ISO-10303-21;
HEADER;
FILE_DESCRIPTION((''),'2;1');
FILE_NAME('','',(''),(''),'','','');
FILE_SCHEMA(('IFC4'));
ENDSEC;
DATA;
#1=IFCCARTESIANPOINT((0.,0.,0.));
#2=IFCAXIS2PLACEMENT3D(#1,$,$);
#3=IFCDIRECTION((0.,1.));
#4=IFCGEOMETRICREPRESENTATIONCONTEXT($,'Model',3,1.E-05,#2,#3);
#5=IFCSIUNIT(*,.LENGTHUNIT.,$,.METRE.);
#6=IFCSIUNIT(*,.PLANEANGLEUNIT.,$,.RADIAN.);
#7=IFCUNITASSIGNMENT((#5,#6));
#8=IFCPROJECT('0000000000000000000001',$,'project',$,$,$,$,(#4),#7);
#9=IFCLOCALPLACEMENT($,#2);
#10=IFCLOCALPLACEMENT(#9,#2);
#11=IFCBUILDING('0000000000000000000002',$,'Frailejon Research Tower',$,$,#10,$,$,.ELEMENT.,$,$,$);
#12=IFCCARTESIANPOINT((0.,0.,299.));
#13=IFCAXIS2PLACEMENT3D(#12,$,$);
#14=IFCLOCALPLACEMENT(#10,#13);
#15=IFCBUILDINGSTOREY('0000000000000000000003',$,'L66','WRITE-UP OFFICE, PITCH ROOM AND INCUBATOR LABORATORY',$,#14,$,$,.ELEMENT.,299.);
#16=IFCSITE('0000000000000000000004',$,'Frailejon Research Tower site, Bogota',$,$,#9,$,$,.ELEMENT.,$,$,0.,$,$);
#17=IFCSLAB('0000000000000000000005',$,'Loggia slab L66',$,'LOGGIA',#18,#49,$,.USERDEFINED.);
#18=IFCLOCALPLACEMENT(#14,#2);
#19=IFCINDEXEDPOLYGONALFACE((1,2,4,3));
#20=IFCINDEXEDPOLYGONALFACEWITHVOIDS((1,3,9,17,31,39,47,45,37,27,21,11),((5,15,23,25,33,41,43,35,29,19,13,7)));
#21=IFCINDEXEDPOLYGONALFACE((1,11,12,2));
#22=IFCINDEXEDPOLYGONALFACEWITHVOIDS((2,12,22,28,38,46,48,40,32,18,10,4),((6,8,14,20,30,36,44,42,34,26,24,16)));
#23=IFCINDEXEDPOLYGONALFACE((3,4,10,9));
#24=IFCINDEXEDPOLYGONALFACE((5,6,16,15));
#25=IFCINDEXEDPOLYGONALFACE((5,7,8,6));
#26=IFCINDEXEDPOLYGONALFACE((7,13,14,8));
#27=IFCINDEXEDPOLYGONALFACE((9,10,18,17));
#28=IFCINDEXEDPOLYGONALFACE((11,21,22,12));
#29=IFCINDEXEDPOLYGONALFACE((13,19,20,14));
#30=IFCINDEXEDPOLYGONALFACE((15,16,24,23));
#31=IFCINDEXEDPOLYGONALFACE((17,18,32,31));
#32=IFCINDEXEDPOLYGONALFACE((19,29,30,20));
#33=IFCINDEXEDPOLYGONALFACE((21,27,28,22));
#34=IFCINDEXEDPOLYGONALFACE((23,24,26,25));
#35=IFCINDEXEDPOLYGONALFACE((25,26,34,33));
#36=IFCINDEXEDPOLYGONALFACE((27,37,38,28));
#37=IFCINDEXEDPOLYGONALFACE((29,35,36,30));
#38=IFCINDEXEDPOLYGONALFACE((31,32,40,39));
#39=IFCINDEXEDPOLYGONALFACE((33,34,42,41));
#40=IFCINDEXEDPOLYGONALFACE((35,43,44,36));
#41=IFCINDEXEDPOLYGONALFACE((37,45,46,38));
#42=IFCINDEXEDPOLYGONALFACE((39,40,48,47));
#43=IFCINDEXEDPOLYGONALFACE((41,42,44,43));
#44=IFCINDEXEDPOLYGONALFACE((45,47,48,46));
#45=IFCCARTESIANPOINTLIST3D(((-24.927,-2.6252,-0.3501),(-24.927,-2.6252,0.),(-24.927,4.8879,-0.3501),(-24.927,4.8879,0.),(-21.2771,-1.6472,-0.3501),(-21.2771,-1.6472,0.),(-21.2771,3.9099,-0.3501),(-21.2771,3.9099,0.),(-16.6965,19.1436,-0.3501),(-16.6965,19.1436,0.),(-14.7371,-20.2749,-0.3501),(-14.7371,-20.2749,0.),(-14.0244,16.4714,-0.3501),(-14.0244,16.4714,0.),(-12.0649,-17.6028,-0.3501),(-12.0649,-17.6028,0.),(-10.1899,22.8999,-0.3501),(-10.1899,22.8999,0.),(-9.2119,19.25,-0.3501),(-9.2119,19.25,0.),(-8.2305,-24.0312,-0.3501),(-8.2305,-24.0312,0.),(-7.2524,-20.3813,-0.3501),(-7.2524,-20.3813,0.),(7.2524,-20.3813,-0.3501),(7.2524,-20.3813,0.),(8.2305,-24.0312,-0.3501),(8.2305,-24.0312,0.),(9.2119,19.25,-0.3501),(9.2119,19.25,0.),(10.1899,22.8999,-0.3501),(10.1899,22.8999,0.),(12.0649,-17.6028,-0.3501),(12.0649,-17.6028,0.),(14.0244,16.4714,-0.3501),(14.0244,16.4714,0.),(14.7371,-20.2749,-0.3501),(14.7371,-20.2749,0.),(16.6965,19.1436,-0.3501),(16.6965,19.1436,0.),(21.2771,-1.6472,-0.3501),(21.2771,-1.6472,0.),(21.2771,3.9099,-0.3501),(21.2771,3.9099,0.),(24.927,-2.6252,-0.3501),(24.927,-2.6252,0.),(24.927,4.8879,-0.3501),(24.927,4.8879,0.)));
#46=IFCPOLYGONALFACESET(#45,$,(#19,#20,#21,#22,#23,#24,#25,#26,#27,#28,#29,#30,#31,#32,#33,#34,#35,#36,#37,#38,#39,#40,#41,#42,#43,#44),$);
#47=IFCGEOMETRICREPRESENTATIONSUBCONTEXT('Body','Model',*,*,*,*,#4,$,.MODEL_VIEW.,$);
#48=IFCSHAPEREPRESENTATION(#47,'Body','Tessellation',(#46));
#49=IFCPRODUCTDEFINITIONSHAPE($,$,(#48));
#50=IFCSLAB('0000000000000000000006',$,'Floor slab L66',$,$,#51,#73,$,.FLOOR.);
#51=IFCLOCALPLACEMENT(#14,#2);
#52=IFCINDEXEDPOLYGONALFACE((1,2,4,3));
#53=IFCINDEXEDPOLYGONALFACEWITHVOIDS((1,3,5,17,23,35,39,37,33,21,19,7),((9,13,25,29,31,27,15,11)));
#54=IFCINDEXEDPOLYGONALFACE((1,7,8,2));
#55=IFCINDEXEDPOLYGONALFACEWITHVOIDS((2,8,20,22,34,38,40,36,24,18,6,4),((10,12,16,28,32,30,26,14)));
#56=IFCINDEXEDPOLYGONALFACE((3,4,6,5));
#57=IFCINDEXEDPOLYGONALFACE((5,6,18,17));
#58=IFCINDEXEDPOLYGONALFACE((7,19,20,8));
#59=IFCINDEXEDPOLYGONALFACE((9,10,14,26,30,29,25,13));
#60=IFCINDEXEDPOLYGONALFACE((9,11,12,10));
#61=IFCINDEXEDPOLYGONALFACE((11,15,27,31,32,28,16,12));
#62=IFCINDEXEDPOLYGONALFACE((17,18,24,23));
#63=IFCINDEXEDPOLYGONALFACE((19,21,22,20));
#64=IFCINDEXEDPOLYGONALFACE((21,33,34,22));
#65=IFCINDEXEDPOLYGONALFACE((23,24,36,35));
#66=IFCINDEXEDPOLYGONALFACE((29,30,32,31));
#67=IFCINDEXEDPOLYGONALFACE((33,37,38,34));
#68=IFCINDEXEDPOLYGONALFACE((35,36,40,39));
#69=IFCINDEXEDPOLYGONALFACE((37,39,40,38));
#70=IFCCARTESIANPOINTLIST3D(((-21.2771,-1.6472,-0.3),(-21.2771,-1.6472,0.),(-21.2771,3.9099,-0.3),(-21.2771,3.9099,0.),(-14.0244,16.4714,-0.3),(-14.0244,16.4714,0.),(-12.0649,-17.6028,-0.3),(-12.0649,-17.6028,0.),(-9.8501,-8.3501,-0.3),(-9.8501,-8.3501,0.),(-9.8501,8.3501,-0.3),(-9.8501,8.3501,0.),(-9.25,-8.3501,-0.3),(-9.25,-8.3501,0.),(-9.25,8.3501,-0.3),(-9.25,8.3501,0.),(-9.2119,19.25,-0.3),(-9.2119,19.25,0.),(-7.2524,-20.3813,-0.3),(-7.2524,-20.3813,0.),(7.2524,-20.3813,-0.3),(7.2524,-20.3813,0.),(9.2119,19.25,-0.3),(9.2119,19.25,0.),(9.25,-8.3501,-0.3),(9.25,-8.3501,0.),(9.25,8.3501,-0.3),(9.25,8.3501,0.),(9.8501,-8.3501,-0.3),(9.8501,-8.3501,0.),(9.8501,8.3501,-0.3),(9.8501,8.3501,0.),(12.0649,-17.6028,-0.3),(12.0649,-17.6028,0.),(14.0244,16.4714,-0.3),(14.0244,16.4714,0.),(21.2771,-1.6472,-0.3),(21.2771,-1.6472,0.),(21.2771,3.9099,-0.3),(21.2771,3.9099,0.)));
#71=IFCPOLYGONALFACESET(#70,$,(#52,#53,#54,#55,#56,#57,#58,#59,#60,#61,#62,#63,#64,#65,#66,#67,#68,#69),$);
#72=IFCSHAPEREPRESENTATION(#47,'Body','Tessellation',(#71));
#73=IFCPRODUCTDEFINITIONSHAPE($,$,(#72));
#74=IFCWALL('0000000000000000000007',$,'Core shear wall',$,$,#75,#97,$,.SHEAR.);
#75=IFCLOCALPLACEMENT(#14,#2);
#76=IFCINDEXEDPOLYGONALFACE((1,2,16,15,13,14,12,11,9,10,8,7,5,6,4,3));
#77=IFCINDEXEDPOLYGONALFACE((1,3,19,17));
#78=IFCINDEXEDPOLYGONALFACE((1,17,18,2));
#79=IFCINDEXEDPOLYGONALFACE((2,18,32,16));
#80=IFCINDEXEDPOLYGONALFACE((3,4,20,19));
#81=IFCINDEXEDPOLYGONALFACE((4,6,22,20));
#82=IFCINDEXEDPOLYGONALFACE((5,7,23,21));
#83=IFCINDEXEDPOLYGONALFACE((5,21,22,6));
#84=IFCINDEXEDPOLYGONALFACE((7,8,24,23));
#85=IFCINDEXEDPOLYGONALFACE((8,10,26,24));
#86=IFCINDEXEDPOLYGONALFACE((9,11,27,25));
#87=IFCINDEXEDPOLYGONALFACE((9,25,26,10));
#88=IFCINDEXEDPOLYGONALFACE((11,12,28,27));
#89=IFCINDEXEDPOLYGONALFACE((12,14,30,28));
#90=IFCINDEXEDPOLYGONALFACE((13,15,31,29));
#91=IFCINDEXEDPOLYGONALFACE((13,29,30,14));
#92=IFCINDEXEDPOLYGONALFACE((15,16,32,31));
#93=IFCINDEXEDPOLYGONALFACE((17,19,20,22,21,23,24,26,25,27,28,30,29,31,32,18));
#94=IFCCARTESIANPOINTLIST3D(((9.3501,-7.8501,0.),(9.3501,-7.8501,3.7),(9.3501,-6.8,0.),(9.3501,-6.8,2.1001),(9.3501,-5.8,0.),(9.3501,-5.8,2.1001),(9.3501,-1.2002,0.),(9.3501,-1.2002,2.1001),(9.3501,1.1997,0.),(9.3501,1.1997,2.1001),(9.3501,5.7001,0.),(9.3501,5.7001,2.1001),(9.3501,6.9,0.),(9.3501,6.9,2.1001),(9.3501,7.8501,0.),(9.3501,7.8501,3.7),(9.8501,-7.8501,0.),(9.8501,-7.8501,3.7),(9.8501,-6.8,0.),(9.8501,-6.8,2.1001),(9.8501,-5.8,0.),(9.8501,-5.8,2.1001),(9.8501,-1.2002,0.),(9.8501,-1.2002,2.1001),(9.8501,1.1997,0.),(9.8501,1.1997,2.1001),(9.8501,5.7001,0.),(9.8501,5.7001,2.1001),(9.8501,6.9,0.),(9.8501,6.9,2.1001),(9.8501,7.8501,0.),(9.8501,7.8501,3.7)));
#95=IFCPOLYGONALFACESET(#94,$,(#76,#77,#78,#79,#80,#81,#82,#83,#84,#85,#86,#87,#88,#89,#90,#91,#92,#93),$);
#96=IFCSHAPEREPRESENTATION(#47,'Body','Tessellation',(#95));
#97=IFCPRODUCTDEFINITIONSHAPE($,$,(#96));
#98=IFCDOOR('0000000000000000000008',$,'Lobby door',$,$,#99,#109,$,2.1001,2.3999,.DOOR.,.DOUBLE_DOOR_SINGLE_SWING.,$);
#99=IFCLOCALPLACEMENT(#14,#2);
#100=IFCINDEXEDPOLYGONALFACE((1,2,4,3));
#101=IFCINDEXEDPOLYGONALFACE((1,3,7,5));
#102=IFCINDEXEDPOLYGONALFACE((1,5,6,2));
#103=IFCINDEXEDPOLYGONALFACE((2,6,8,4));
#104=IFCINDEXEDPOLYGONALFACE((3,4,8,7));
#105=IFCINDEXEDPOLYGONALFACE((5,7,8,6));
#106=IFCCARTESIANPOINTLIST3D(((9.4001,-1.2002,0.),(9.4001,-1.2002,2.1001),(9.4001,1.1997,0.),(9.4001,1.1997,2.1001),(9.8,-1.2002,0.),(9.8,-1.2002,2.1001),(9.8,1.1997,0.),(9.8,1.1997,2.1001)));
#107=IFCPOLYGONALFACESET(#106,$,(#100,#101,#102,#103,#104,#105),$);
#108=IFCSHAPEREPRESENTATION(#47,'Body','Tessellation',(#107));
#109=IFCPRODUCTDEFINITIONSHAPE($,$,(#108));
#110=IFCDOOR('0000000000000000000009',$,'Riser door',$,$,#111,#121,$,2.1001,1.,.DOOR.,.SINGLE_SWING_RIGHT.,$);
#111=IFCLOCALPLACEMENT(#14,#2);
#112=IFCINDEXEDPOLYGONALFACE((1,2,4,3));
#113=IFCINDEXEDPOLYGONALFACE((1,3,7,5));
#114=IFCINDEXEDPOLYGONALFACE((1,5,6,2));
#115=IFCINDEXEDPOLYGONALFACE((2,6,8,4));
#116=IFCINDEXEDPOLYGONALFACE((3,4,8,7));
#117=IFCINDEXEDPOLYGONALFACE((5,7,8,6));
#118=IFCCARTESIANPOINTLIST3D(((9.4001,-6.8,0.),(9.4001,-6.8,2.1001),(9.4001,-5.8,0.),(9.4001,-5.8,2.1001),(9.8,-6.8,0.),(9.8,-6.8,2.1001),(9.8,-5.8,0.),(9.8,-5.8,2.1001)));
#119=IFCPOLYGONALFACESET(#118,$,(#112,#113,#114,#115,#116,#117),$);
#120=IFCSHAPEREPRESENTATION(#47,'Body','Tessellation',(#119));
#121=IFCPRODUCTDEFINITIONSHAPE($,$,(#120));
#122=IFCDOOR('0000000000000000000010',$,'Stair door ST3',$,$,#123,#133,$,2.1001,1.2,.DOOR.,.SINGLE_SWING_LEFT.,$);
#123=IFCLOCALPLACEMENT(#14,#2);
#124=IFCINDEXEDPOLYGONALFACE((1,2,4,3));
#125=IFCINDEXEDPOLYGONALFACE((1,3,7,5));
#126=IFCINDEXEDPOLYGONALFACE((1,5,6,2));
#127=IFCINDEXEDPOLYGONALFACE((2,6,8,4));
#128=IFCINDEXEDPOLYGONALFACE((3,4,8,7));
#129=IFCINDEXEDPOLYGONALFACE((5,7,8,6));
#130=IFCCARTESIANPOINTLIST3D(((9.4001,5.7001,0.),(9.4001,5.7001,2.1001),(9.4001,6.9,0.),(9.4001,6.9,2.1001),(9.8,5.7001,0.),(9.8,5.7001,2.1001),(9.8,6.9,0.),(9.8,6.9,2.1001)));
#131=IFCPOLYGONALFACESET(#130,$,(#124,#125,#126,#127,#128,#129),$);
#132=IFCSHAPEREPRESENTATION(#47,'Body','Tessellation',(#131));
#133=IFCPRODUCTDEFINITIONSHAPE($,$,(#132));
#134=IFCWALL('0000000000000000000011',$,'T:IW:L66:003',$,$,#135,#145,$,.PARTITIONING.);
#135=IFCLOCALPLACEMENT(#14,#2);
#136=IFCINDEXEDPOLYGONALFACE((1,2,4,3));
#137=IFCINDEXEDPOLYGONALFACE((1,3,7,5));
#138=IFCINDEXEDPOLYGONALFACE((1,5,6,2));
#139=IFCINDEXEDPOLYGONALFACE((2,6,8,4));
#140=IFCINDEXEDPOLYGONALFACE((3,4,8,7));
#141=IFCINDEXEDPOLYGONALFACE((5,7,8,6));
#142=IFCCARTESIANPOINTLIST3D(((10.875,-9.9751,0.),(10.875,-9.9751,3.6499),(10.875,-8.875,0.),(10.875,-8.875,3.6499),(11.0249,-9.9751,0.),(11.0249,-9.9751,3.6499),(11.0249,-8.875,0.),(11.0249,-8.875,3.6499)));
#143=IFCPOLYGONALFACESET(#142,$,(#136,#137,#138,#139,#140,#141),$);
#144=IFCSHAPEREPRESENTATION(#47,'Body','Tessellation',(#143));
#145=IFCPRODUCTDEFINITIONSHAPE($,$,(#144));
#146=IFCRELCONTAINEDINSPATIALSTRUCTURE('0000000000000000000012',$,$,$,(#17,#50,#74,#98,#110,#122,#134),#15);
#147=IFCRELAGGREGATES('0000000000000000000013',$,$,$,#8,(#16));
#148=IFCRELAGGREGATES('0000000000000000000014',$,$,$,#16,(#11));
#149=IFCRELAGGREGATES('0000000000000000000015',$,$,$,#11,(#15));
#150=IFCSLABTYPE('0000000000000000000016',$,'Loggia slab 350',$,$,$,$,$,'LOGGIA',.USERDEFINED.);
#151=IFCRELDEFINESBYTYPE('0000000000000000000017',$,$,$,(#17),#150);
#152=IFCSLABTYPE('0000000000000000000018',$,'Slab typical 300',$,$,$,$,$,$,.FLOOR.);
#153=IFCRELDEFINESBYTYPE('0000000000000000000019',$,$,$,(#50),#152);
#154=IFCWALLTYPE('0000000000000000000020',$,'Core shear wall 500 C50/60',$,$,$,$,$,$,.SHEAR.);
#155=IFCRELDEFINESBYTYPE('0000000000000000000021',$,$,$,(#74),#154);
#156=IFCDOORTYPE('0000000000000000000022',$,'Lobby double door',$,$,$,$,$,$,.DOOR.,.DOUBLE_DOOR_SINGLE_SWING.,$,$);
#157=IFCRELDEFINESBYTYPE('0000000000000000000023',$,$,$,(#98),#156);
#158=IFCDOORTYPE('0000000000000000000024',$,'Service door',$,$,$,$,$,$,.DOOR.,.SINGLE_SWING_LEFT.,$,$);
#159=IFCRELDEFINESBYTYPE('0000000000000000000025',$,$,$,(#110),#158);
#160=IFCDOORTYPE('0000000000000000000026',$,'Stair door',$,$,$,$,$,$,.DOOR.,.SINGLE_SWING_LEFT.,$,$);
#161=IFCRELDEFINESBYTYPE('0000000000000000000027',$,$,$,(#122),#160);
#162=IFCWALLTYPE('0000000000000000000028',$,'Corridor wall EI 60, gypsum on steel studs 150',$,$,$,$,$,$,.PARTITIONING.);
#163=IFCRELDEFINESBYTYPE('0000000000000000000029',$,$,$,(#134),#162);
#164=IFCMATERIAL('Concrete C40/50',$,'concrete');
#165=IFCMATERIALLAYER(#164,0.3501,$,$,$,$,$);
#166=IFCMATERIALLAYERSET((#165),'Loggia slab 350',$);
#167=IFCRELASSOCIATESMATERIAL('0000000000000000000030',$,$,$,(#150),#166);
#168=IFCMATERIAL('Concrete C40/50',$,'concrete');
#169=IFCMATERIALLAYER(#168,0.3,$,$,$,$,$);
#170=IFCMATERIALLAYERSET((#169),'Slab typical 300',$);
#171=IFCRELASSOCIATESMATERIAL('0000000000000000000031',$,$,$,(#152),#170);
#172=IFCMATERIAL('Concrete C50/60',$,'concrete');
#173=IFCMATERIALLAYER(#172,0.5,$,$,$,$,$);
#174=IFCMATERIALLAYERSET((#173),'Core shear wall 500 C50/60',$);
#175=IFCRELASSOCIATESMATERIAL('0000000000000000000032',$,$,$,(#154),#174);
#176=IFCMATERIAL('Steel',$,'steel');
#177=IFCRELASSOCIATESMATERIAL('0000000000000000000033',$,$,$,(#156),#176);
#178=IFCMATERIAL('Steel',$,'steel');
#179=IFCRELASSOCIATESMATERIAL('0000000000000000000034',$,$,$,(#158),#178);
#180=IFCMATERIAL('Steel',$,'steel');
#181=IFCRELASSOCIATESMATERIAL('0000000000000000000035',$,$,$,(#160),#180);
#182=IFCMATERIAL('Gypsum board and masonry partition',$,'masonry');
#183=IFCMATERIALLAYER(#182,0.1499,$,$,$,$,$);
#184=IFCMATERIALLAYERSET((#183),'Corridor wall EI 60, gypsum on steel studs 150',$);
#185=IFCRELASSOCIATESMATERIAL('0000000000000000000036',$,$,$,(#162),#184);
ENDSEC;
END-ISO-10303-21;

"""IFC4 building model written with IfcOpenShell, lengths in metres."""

from ifc_helpers import new_model, si_unit, direction, frame, frame_2d, origin, place, context, subcontext, project, spatial, polyline, rectangle, outline, extrude, material, layer, layer_set, type_object, element, fill, save


model = new_model("IFC4")

# Units and contexts
model_context = context("Model", 3, precision=1e-05, world=origin(), true_north=direction((0.0, 1.0)))
body_context = subcontext(model_context, "Body", "Model", "MODEL_VIEW")
ifc_project = project(units=[si_unit("LENGTHUNIT", "METRE"), si_unit("PLANEANGLEUNIT", "RADIAN")], contexts=[model_context])

# Site, building, storey
site_placement = place(None, origin())
site = spatial("IfcSite", under=ifc_project, at=site_placement, Name="Frailejon Research Tower site, Bogota", CompositionType="ELEMENT", RefElevation=0.0)
building_placement = place(site_placement, origin())
building = spatial("IfcBuilding", under=site, at=building_placement, Name="Frailejon Research Tower", CompositionType="ELEMENT")
storey_placement = place(building_placement, frame((0.0, 0.0, 299.0)))
storey = spatial("IfcBuildingStorey", under=building, at=storey_placement, Name="L66", Description="WRITE-UP OFFICE, PITCH ROOM AND INCUBATOR LABORATORY", CompositionType="ELEMENT", Elevation=299.0)

# Slabs
ifc_material_1 = material(Name="Concrete C40/50", Category="concrete")
ifc_layer_1 = layer(ifc_material_1, 0.3501)
ifc_layer_set_1 = layer_set([ifc_layer_1], Name="Loggia slab 350")
slab_type_1 = type_object("IfcSlabType", Name="Loggia slab 350", ElementType="LOGGIA", PredefinedType="USERDEFINED", material=ifc_layer_set_1)
slab_1_placement = place(storey_placement, frame((0.0, 0.0, -0.3501)))
element("IfcSlab", 1, at=slab_1_placement, inside=storey, type_object=slab_type_1, Name="Loggia slab L66", ObjectType="LOGGIA", PredefinedType="USERDEFINED", context=body_context, shape_type="SweptSolid", body=[
    extrude(outline(polyline([(14.7371, -20.2749), (8.2305, -24.0312), (-8.2305, -24.0312), (-14.7371, -20.2749), (-24.927, -2.6252), (-24.927, 4.8879), (-16.6965, 19.1436), (-10.1899, 22.8999), (10.1899, 22.8999), (16.6965, 19.1436), (24.927, 4.8879), (24.927, -2.6252), (14.7371, -20.2749)]), holes=[polyline([(21.2771, 3.9099), (14.0244, 16.4714), (9.2119, 19.25), (-9.2119, 19.25), (-14.0244, 16.4714), (-21.2771, 3.9099), (-21.2771, -1.6472), (-12.0649, -17.6028), (-7.2524, -20.3813), (7.2524, -20.3813), (12.0649, -17.6028), (21.2771, -1.6472), (21.2771, 3.9099)])]), origin(), (0.0, 0.0, 1.0), 0.3501),
])
ifc_material_2 = material(Name="Concrete C40/50", Category="concrete")
ifc_layer_2 = layer(ifc_material_2, 0.3)
ifc_layer_set_2 = layer_set([ifc_layer_2], Name="Slab typical 300")
slab_type_2 = type_object("IfcSlabType", Name="Slab typical 300", PredefinedType="FLOOR", material=ifc_layer_set_2)
slab_2_placement = place(storey_placement, frame((0.0, 0.0, -0.3)))
element("IfcSlab", 2, at=slab_2_placement, inside=storey, type_object=slab_type_2, Name="Floor slab L66", PredefinedType="FLOOR", context=body_context, shape_type="SweptSolid", body=[
    extrude(outline(polyline([(21.2771, -1.6472), (21.2771, 3.9099), (14.0244, 16.4714), (9.2119, 19.25), (-9.2119, 19.25), (-14.0244, 16.4714), (-21.2771, 3.9099), (-21.2771, -1.6472), (-12.0649, -17.6028), (-7.2524, -20.3813), (7.2524, -20.3813), (12.0649, -17.6028), (21.2771, -1.6472)]), holes=[polyline([(9.25, 8.3501), (9.8501, 8.3501), (9.8501, -8.3501), (9.25, -8.3501), (-9.25, -8.3501), (-9.8501, -8.3501), (-9.8501, 8.3501), (-9.25, 8.3501), (9.25, 8.3501)])]), origin(), (0.0, 0.0, 1.0), 0.3),
])

# Wall, openings, doors
ifc_material_3 = material(Name="Concrete C50/60", Category="concrete")
ifc_layer_3 = layer(ifc_material_3, 0.5)
ifc_layer_set_3 = layer_set([ifc_layer_3], Name="Core shear wall 500 C50/60")
wall_type_1 = type_object("IfcWallType", Name="Core shear wall 500 C50/60", PredefinedType="SHEAR", material=ifc_layer_set_3)
wall_1_placement = place(storey_placement, frame((9.6001, -7.8501, 0.0), z_axis=(0.0, 0.0, 1.0), x_axis=(0.0, 1.0, 0.0)))
wall_1 = element("IfcWall", 3, at=wall_1_placement, inside=storey, type_object=wall_type_1, Name="Core shear wall", PredefinedType="SHEAR", context=body_context, shape_type="SweptSolid", body=[
    extrude(rectangle(XDim=15.7002, YDim=0.5, at=frame_2d((7.8501, 0.0))), origin(), (0.0, 0.0, 1.0), 3.7),
])
opening_1_placement = place(wall_1_placement, frame((6.6499, 0.0, 0.0)))
opening_1 = element("IfcOpeningElement", 4, at=opening_1_placement, cuts=wall_1, PredefinedType="OPENING", context=body_context, shape_type="SweptSolid", body=[
    extrude(rectangle(XDim=2.3999, YDim=2.1001, at=frame_2d((1.2, 1.05))), frame((0.0, 0.26, 0.0), z_axis=(0.0, -1.0, 0.0), x_axis=(1.0, 0.0, 0.0)), (0.0, 0.0, 1.0), 0.52),
])
opening_2_placement = place(wall_1_placement, frame((13.55, 0.0, 0.0)))
opening_2 = element("IfcOpeningElement", 5, at=opening_2_placement, cuts=wall_1, PredefinedType="OPENING", context=body_context, shape_type="SweptSolid", body=[
    extrude(rectangle(XDim=1.2, YDim=2.1001, at=frame_2d((0.6001, 1.05))), frame((0.0, 0.26, 0.0), z_axis=(0.0, -1.0, 0.0), x_axis=(1.0, 0.0, 0.0)), (0.0, 0.0, 1.0), 0.52),
])
opening_3_placement = place(wall_1_placement, frame((1.05, 0.0, 0.0)))
opening_3 = element("IfcOpeningElement", 6, at=opening_3_placement, cuts=wall_1, PredefinedType="OPENING", context=body_context, shape_type="SweptSolid", body=[
    extrude(rectangle(XDim=1.0, YDim=2.1001, at=frame_2d((0.5, 1.05))), frame((0.0, 0.26, 0.0), z_axis=(0.0, -1.0, 0.0), x_axis=(1.0, 0.0, 0.0)), (0.0, 0.0, 1.0), 0.52),
])
ifc_material_4 = material(Name="Steel", Category="steel")
door_type_1 = type_object("IfcDoorType", Name="Lobby double door", OperationType="DOUBLE_DOOR_SINGLE_SWING", PredefinedType="DOOR", material=ifc_material_4)
door_1_placement = place(opening_1_placement, origin())
door_1 = element("IfcDoor", 7, at=door_1_placement, inside=storey, type_object=door_type_1, Name="Lobby door", OperationType="DOUBLE_DOOR_SINGLE_SWING", OverallHeight=2.1001, OverallWidth=2.3999, PredefinedType="DOOR", context=body_context, shape_type="SweptSolid", body=[
    extrude(rectangle(XDim=2.3999, YDim=2.1001, at=frame_2d((1.2, 1.05))), frame((0.0, 0.2, 0.0), z_axis=(0.0, -1.0, 0.0), x_axis=(1.0, 0.0, 0.0)), (0.0, 0.0, 1.0), 0.3999),
])
fill(opening_1, door_1)
ifc_material_5 = material(Name="Steel", Category="steel")
door_type_2 = type_object("IfcDoorType", Name="Service door", OperationType="SINGLE_SWING_LEFT", PredefinedType="DOOR", material=ifc_material_5)
door_2_placement = place(opening_3_placement, origin())
door_2 = element("IfcDoor", 8, at=door_2_placement, inside=storey, type_object=door_type_2, Name="Riser door", OperationType="SINGLE_SWING_RIGHT", OverallHeight=2.1001, OverallWidth=1.0, PredefinedType="DOOR", context=body_context, shape_type="SweptSolid", body=[
    extrude(rectangle(XDim=1.0, YDim=2.1001, at=frame_2d((0.5, 1.05))), frame((0.0, 0.2, 0.0), z_axis=(0.0, -1.0, 0.0), x_axis=(1.0, 0.0, 0.0)), (0.0, 0.0, 1.0), 0.3999),
])
fill(opening_3, door_2)
ifc_material_6 = material(Name="Steel", Category="steel")
door_type_3 = type_object("IfcDoorType", Name="Stair door", OperationType="SINGLE_SWING_LEFT", PredefinedType="DOOR", material=ifc_material_6)
door_3_placement = place(opening_2_placement, origin())
door_3 = element("IfcDoor", 9, at=door_3_placement, inside=storey, type_object=door_type_3, Name="Stair door ST3", OperationType="SINGLE_SWING_LEFT", OverallHeight=2.1001, OverallWidth=1.2, PredefinedType="DOOR", context=body_context, shape_type="SweptSolid", body=[
    extrude(rectangle(XDim=1.2, YDim=2.1001, at=frame_2d((0.6001, 1.05))), frame((0.0, 0.2, 0.0), z_axis=(0.0, -1.0, 0.0), x_axis=(1.0, 0.0, 0.0)), (0.0, 0.0, 1.0), 0.3999),
])
fill(opening_2, door_3)

# Wall
ifc_material_7 = material(Name="Gypsum board and masonry partition", Category="masonry")
ifc_layer_4 = layer(ifc_material_7, 0.1499)
ifc_layer_set_4 = layer_set([ifc_layer_4], Name="Corridor wall EI 60, gypsum on steel studs 150")
wall_type_2 = type_object("IfcWallType", Name="Corridor wall EI 60, gypsum on steel studs 150", PredefinedType="PARTITIONING", material=ifc_layer_set_4)
wall_2_placement = place(storey_placement, frame((10.95, -9.9751, 0.0), z_axis=(0.0, 0.0, 1.0), x_axis=(0.0, 1.0, 0.0)))
element("IfcWall", 10, at=wall_2_placement, inside=storey, type_object=wall_type_2, Name="T:IW:L66:003", PredefinedType="PARTITIONING", context=body_context, shape_type="SweptSolid", body=[
    extrude(rectangle(XDim=1.1001, YDim=0.1499, at=frame_2d((0.55, 0.0))), origin(), (0.0, 0.0, 1.0), 3.6499),
])

save(model, "model.ifc")
